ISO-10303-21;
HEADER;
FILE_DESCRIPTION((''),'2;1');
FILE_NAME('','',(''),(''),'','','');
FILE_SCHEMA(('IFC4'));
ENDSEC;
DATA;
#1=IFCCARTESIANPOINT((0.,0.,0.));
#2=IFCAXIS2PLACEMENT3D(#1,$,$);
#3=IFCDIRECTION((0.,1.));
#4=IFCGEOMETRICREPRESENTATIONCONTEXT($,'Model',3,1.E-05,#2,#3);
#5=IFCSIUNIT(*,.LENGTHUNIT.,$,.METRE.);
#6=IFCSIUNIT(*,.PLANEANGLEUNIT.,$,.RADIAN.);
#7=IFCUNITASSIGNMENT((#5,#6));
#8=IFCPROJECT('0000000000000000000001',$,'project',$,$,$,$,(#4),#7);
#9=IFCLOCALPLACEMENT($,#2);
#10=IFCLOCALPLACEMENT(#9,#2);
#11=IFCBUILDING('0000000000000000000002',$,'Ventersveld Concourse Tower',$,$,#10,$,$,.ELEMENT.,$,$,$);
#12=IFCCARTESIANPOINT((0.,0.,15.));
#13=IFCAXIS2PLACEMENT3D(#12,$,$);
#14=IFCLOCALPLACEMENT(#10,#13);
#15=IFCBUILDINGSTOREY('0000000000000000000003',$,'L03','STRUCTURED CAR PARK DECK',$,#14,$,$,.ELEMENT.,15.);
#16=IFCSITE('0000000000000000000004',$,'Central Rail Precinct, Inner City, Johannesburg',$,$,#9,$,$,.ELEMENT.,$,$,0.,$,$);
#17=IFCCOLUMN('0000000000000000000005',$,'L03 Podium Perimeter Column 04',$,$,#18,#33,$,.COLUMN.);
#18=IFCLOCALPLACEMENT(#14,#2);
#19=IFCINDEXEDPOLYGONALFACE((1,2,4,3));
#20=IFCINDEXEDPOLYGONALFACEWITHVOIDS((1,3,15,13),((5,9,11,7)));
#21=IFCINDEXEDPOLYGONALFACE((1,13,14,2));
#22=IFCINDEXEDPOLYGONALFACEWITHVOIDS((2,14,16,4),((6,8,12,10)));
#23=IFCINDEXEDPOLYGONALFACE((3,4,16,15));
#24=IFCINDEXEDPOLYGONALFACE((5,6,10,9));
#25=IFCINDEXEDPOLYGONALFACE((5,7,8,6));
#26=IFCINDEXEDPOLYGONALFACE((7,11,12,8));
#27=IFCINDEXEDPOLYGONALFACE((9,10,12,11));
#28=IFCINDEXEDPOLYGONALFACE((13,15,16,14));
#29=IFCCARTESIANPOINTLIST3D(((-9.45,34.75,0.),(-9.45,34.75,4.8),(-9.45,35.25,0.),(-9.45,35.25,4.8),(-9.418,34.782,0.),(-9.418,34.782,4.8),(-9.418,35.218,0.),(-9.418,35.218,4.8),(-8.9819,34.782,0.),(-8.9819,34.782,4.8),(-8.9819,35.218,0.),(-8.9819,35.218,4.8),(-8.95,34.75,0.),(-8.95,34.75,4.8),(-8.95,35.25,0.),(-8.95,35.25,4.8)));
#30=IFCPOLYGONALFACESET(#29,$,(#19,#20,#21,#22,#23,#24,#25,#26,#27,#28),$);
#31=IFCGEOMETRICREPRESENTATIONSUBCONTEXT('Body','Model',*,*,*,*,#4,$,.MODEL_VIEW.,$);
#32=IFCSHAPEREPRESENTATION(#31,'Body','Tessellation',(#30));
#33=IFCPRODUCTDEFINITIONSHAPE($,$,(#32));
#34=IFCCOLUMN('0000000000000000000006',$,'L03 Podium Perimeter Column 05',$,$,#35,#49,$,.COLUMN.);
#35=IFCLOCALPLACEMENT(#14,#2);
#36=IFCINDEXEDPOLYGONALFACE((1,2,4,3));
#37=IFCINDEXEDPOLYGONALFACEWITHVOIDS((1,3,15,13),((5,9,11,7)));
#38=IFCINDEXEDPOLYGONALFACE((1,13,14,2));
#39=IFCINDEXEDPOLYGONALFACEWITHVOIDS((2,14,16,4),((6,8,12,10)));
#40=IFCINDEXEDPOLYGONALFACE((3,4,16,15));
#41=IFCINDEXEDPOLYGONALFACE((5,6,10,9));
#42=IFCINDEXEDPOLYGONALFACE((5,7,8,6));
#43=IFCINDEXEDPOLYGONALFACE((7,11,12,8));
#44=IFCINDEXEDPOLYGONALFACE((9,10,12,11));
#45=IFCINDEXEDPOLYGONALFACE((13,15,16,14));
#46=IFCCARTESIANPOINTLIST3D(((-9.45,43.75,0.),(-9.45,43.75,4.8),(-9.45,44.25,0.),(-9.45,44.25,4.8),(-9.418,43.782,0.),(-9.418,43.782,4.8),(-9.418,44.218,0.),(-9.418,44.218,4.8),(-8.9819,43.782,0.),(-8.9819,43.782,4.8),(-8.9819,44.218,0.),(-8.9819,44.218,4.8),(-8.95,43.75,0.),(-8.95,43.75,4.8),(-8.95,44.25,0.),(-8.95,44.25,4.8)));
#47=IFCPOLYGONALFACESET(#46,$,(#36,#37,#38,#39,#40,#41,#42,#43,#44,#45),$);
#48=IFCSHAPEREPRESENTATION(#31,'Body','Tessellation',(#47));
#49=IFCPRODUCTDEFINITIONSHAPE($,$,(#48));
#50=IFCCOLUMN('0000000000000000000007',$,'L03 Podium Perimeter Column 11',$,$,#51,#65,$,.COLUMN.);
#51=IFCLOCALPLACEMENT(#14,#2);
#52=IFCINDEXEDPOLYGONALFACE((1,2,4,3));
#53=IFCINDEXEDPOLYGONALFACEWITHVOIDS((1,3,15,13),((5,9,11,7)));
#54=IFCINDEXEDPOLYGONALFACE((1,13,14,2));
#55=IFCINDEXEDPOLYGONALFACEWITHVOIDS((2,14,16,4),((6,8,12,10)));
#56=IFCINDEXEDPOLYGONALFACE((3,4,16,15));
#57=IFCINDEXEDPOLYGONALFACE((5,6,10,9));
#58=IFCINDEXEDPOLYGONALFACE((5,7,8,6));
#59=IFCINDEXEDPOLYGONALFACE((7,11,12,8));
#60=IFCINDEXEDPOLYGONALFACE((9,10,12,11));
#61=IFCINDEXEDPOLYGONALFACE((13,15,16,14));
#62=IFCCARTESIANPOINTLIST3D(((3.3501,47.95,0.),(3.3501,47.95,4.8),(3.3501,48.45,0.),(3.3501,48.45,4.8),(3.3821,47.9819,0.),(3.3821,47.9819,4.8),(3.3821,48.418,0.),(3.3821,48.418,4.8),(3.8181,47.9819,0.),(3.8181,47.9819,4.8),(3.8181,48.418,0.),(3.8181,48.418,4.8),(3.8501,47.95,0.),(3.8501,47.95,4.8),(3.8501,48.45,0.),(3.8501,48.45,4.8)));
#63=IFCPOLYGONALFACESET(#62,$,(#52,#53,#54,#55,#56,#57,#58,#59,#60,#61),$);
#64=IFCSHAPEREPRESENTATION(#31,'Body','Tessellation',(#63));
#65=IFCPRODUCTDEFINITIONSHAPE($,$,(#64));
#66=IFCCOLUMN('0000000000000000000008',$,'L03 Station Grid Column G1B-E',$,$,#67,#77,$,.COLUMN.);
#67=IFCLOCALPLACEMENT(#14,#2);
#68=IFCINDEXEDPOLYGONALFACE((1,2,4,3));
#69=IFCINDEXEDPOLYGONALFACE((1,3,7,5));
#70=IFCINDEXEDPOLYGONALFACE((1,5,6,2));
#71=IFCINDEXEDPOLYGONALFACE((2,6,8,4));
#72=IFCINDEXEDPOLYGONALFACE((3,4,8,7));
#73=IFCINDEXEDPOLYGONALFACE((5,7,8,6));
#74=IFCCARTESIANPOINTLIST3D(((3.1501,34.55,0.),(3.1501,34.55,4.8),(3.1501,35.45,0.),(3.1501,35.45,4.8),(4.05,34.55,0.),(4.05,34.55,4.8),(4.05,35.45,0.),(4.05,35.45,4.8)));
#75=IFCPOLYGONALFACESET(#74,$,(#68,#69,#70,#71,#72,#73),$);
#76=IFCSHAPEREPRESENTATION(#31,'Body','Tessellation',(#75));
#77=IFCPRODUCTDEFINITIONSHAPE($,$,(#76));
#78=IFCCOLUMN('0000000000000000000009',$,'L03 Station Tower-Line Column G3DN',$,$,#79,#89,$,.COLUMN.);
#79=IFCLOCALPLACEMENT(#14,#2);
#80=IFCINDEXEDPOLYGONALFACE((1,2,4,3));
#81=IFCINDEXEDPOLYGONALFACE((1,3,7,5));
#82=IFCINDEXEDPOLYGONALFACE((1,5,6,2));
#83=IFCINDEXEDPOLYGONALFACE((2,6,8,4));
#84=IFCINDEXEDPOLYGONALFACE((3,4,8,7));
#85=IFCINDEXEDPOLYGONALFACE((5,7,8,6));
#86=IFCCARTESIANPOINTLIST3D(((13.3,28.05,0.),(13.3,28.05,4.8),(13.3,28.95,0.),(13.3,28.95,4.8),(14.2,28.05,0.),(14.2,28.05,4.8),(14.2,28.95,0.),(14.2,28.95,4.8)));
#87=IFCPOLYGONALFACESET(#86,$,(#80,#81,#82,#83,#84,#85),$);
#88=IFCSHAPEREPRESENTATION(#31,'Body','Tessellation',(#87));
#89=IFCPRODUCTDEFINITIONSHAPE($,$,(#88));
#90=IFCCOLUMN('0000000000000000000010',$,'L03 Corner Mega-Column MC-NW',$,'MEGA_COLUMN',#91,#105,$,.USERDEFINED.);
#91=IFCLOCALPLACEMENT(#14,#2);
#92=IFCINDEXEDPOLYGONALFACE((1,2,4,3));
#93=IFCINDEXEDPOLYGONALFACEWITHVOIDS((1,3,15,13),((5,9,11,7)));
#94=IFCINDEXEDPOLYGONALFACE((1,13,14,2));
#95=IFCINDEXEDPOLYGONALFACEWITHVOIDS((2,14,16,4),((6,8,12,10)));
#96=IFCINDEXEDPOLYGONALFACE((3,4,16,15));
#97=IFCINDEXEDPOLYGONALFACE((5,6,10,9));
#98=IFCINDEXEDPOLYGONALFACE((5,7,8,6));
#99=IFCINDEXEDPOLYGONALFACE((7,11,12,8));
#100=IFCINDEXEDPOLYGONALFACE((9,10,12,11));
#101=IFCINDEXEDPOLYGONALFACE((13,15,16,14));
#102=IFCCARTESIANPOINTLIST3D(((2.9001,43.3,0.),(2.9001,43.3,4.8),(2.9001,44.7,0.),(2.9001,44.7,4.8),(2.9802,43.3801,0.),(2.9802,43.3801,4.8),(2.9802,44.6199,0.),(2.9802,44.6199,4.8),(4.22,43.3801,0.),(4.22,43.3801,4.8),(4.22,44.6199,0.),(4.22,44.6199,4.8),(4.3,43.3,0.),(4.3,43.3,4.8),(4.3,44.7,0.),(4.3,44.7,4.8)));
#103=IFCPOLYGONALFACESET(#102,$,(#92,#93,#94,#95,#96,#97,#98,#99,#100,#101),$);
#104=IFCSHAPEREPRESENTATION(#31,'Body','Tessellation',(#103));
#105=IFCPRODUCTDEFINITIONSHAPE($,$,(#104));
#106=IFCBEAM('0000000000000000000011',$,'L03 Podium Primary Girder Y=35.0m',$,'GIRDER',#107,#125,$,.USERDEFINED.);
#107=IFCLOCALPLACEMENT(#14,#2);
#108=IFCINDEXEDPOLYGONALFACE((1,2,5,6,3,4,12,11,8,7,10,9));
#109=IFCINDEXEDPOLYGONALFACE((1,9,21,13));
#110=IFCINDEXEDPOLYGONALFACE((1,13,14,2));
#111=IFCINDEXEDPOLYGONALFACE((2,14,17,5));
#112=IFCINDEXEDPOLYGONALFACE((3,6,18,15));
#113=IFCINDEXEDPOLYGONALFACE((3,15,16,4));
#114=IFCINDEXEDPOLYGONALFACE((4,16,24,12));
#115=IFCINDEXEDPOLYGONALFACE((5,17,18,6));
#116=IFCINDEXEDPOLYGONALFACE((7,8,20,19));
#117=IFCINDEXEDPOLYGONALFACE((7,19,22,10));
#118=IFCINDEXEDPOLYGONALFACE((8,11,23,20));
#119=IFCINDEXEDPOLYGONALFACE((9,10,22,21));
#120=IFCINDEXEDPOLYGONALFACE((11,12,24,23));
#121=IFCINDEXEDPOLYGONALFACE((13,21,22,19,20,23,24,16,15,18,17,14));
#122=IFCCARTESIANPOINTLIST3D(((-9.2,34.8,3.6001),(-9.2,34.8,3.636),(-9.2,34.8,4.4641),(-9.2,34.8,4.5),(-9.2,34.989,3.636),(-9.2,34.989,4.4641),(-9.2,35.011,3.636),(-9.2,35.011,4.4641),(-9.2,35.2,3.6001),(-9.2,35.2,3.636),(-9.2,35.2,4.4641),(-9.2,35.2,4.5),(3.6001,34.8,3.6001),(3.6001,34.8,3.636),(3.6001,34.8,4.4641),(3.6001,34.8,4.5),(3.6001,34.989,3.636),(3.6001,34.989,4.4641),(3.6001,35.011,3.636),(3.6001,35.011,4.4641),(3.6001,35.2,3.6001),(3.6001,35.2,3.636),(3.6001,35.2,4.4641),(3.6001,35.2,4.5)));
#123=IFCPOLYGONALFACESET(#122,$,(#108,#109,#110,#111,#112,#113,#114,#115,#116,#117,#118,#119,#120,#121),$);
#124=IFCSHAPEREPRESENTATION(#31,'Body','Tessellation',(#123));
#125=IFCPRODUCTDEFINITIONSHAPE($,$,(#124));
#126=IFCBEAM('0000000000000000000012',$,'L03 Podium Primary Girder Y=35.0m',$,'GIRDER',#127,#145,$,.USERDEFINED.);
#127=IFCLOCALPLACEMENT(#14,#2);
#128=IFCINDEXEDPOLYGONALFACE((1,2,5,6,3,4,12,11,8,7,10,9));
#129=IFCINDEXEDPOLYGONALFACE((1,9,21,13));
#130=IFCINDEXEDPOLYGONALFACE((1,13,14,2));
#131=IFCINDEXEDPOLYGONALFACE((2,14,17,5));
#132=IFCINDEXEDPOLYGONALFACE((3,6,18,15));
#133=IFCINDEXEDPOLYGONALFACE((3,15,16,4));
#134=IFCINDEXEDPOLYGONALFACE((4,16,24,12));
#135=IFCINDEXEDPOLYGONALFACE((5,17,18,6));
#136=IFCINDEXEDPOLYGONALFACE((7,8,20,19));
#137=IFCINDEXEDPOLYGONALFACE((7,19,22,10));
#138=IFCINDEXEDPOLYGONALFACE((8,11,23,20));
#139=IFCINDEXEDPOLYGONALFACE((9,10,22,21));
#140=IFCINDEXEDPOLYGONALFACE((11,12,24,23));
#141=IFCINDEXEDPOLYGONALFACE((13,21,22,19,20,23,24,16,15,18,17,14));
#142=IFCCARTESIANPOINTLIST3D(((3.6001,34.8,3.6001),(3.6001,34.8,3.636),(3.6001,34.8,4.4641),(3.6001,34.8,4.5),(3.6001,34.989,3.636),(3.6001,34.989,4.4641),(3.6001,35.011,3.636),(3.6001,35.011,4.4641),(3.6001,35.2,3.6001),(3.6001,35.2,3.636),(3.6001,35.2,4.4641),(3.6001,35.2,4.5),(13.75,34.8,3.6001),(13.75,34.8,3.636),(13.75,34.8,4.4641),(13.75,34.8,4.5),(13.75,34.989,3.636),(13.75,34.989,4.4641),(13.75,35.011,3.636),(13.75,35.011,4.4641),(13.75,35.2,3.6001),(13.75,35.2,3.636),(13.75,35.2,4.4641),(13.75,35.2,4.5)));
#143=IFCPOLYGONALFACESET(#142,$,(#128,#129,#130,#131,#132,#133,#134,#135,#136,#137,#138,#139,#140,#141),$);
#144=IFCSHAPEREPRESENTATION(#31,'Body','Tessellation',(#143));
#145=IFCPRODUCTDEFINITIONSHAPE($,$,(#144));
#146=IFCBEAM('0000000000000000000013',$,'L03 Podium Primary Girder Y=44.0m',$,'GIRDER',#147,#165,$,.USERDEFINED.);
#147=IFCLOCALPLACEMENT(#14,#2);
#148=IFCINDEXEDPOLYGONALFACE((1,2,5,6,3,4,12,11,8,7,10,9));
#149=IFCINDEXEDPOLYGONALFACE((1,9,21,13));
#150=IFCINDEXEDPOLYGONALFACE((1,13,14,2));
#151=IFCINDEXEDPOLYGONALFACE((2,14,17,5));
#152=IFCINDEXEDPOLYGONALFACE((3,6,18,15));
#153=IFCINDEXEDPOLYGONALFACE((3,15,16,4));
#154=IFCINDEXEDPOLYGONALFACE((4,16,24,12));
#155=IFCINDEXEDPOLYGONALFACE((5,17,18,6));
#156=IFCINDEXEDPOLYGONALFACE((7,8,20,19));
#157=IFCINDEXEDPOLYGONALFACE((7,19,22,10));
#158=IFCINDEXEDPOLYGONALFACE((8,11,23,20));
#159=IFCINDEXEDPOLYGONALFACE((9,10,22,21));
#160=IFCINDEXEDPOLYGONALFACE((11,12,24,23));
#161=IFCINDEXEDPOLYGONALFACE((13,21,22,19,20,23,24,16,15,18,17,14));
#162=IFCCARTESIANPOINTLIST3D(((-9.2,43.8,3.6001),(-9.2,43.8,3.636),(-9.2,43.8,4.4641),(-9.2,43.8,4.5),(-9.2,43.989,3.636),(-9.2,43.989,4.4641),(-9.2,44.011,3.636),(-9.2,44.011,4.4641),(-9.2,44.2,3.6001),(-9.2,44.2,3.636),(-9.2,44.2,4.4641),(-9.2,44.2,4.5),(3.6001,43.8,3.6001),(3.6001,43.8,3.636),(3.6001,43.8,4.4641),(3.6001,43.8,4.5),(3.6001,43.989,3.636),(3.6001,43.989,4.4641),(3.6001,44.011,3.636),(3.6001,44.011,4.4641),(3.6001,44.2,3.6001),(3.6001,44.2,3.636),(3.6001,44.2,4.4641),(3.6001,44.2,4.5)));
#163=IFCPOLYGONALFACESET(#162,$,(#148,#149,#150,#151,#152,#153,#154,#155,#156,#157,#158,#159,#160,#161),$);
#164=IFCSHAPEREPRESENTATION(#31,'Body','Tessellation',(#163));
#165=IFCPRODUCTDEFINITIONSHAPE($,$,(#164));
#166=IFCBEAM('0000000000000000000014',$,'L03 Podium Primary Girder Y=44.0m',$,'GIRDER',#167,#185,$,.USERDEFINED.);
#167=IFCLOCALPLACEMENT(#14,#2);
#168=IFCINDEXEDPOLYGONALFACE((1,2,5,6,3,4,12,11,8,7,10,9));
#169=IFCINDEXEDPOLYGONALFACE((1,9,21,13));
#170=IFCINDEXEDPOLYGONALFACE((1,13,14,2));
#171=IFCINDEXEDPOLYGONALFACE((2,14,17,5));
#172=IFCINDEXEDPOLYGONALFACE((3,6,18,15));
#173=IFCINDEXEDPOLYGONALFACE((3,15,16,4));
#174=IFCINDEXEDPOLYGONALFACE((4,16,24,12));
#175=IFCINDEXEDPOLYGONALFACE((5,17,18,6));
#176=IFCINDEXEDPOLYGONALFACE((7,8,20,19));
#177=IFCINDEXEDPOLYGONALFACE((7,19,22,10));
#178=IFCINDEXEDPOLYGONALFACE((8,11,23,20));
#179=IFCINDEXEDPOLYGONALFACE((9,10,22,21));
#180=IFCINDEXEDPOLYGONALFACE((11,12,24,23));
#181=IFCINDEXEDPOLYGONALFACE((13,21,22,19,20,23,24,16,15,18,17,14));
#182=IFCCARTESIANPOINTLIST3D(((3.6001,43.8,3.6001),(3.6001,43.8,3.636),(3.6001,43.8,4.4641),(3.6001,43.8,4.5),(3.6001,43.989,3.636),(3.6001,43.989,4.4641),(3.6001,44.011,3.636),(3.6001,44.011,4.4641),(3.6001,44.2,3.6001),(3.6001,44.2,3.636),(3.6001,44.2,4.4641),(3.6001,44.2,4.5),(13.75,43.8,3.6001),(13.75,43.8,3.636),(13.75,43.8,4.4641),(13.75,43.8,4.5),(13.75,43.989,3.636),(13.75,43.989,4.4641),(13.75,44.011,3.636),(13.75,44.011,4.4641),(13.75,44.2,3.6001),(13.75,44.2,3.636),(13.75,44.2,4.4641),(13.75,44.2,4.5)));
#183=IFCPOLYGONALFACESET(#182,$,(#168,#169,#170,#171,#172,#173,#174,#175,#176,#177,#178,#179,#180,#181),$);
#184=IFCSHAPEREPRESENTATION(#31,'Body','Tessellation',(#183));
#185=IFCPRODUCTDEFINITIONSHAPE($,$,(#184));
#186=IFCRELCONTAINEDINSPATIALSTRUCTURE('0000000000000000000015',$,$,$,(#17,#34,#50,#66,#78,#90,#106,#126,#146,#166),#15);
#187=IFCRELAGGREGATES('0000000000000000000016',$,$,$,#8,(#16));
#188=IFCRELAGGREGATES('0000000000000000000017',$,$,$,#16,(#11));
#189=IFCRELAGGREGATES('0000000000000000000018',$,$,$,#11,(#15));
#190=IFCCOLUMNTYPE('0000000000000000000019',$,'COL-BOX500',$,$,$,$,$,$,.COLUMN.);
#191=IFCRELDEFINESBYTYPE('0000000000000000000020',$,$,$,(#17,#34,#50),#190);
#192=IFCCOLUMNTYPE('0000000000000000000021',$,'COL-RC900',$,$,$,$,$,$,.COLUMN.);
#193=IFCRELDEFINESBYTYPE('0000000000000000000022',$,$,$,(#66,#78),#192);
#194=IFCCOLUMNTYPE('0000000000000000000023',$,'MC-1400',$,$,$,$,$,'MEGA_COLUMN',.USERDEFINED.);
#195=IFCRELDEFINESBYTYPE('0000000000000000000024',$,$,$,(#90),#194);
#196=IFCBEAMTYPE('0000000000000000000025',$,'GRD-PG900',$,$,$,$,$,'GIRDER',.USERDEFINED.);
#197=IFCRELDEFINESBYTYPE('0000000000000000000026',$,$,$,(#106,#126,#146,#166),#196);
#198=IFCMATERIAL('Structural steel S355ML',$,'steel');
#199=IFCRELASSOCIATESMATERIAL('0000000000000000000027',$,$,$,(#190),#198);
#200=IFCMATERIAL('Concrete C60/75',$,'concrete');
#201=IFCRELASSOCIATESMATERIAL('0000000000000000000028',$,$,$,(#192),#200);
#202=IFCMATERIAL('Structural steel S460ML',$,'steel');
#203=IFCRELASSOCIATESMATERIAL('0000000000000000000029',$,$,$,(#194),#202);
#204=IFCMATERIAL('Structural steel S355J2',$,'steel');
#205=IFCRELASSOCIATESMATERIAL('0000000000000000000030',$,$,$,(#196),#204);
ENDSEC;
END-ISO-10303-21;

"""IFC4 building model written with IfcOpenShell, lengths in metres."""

from ifc_helpers import new_model, si_unit, direction, frame, origin, origin_2d, place, context, subcontext, project, spatial, rectangle, hollow_rectangle, i_section, extrude, material, material_profile, profile_set, type_object, element, save


model = new_model("IFC4")

# Units and contexts
model_context = context("Model", 3, precision=1e-05, world=origin(), true_north=direction((0.0, 1.0)))
body_context = subcontext(model_context, "Body", "Model", "MODEL_VIEW")
ifc_project = project(units=[si_unit("LENGTHUNIT", "METRE"), si_unit("PLANEANGLEUNIT", "RADIAN")], contexts=[model_context])

# Site, building, storey
site_placement = place(None, origin())
site = spatial("IfcSite", under=ifc_project, at=site_placement, Name="Central Rail Precinct, Inner City, Johannesburg", CompositionType="ELEMENT", RefElevation=0.0)
building_placement = place(site_placement, origin())
building = spatial("IfcBuilding", under=site, at=building_placement, Name="Ventersveld Concourse Tower", CompositionType="ELEMENT")
storey_placement = place(building_placement, frame((0.0, 0.0, 15.0)))
storey = spatial("IfcBuildingStorey", under=building, at=storey_placement, Name="L03", Description="STRUCTURED CAR PARK DECK", CompositionType="ELEMENT", Elevation=15.0)

# Columns
ifc_material_1 = material(Name="Structural steel S355ML", Category="steel")
ifc_material_profile_1 = material_profile(ifc_material_1, hollow_rectangle(XDim=0.5, YDim=0.5, WallThickness=0.032, at=origin_2d()), Name="BOX 500x500x32")
ifc_profile_set_1 = profile_set([ifc_material_profile_1], Name="Structural steel S355ML")
column_type_1 = type_object("IfcColumnType", Name="COL-BOX500", PredefinedType="COLUMN", material=ifc_profile_set_1)
for number, where, z_axis, x_axis, name in (
    (1, (-9.2, 35.0, 0.0), (0.0, 0.0, 1.0), (1.0, 0.0, 0.0), "L03 Podium Perimeter Column 04"),
    (2, (-9.2, 44.0, 0.0), (0.0, 0.0, 1.0), (1.0, 0.0, 0.0), "L03 Podium Perimeter Column 05"),
    (3, (3.6001, 48.2, 0.0), (0.0, 0.0, 1.0), (1.0, 0.0, 0.0), "L03 Podium Perimeter Column 11"),
):
    element("IfcColumn", number, at=place(storey_placement, frame(where, z_axis=z_axis, x_axis=x_axis)), inside=storey, type_object=column_type_1, Name=name, PredefinedType="COLUMN", context=body_context, shape_type="SweptSolid", body=[
        extrude(hollow_rectangle(XDim=0.5, YDim=0.5, WallThickness=0.032, at=origin_2d()), origin(), (0.0, 0.0, 1.0), 4.8),
    ])
ifc_material_2 = material(Name="Concrete C60/75", Category="concrete")
ifc_material_profile_2 = material_profile(ifc_material_2, rectangle(XDim=0.8999, YDim=0.8999, at=origin_2d()), Name="RC 900x900")
ifc_profile_set_2 = profile_set([ifc_material_profile_2], Name="Concrete C60/75")
column_type_2 = type_object("IfcColumnType", Name="COL-RC900", PredefinedType="COLUMN", material=ifc_profile_set_2)
for number, where, z_axis, x_axis, name in (
    (4, (3.6001, 35.0, 0.0), (0.0, 0.0, 1.0), (1.0, 0.0, 0.0), "L03 Station Grid Column G1B-E"),
    (5, (13.75, 28.5, 0.0), (0.0, 0.0, 1.0), (1.0, 0.0, 0.0), "L03 Station Tower-Line Column G3DN"),
):
    element("IfcColumn", number, at=place(storey_placement, frame(where, z_axis=z_axis, x_axis=x_axis)), inside=storey, type_object=column_type_2, Name=name, PredefinedType="COLUMN", context=body_context, shape_type="SweptSolid", body=[
        extrude(rectangle(XDim=0.8999, YDim=0.8999, at=origin_2d()), origin(), (0.0, 0.0, 1.0), 4.8),
    ])
ifc_material_3 = material(Name="Structural steel S460ML", Category="steel")
ifc_material_profile_3 = material_profile(ifc_material_3, hollow_rectangle(XDim=1.3999, YDim=1.3999, WallThickness=0.0801, at=origin_2d()), Name="BOX 1400x1400x80")
ifc_profile_set_3 = profile_set([ifc_material_profile_3], Name="Structural steel S460ML")
column_type_3 = type_object("IfcColumnType", Name="MC-1400", ElementType="MEGA_COLUMN", PredefinedType="USERDEFINED", material=ifc_profile_set_3)
column_placement = place(storey_placement, frame((3.6001, 44.0, 0.0), z_axis=(0.0, 0.0, 1.0), x_axis=(1.0, 0.0, 0.0)))
element("IfcColumn", 6, at=column_placement, inside=storey, type_object=column_type_3, Name="L03 Corner Mega-Column MC-NW", ObjectType="MEGA_COLUMN", PredefinedType="USERDEFINED", context=body_context, shape_type="SweptSolid", body=[
    extrude(hollow_rectangle(XDim=1.3999, YDim=1.3999, WallThickness=0.0801, at=origin_2d()), origin(), (0.0, 0.0, 1.0), 4.8),
])

# Beams
ifc_material_4 = material(Name="Structural steel S355J2", Category="steel")
ifc_material_profile_4 = material_profile(ifc_material_4, i_section(OverallWidth=0.3999, OverallDepth=0.8999, WebThickness=0.022, FlangeThickness=0.0359, at=origin_2d()), Name="PG 900x400x36")
ifc_profile_set_4 = profile_set([ifc_material_profile_4], Name="Structural steel S355J2")
beam_type_1 = type_object("IfcBeamType", Name="GRD-PG900", ElementType="GIRDER", PredefinedType="USERDEFINED", material=ifc_profile_set_4)
beam_1_placement = place(storey_placement, frame((-9.2, 35.0, 4.05), z_axis=(1.0, 0.0, 0.0), x_axis=(0.0, 1.0, 0.0)))
element("IfcBeam", 7, at=beam_1_placement, inside=storey, type_object=beam_type_1, Name="L03 Podium Primary Girder Y=35.0m", ObjectType="GIRDER", PredefinedType="USERDEFINED", context=body_context, shape_type="SweptSolid", body=[
    extrude(i_section(OverallWidth=0.3999, OverallDepth=0.8999, WebThickness=0.022, FlangeThickness=0.0359, at=origin_2d()), origin(), (0.0, 0.0, 1.0), 12.8),
])
beam_2_placement = place(storey_placement, frame((3.6001, 35.0, 4.05), z_axis=(1.0, 0.0, 0.0), x_axis=(0.0, 1.0, 0.0)))
element("IfcBeam", 8, at=beam_2_placement, inside=storey, type_object=beam_type_1, Name="L03 Podium Primary Girder Y=35.0m", ObjectType="GIRDER", PredefinedType="USERDEFINED", context=body_context, shape_type="SweptSolid", body=[
    extrude(i_section(OverallWidth=0.3999, OverallDepth=0.8999, WebThickness=0.022, FlangeThickness=0.0359, at=origin_2d()), origin(), (0.0, 0.0, 1.0), 10.1499),
])
beam_3_placement = place(storey_placement, frame((-9.2, 44.0, 4.05), z_axis=(1.0, 0.0, 0.0), x_axis=(0.0, 1.0, 0.0)))
element("IfcBeam", 9, at=beam_3_placement, inside=storey, type_object=beam_type_1, Name="L03 Podium Primary Girder Y=44.0m", ObjectType="GIRDER", PredefinedType="USERDEFINED", context=body_context, shape_type="SweptSolid", body=[
    extrude(i_section(OverallWidth=0.3999, OverallDepth=0.8999, WebThickness=0.022, FlangeThickness=0.0359, at=origin_2d()), origin(), (0.0, 0.0, 1.0), 12.8),
])
beam_4_placement = place(storey_placement, frame((3.6001, 44.0, 4.05), z_axis=(1.0, 0.0, 0.0), x_axis=(0.0, 1.0, 0.0)))
element("IfcBeam", 10, at=beam_4_placement, inside=storey, type_object=beam_type_1, Name="L03 Podium Primary Girder Y=44.0m", ObjectType="GIRDER", PredefinedType="USERDEFINED", context=body_context, shape_type="SweptSolid", body=[
    extrude(i_section(OverallWidth=0.3999, OverallDepth=0.8999, WebThickness=0.022, FlangeThickness=0.0359, at=origin_2d()), origin(), (0.0, 0.0, 1.0), 10.1499),
])

save(model, "model.ifc")
